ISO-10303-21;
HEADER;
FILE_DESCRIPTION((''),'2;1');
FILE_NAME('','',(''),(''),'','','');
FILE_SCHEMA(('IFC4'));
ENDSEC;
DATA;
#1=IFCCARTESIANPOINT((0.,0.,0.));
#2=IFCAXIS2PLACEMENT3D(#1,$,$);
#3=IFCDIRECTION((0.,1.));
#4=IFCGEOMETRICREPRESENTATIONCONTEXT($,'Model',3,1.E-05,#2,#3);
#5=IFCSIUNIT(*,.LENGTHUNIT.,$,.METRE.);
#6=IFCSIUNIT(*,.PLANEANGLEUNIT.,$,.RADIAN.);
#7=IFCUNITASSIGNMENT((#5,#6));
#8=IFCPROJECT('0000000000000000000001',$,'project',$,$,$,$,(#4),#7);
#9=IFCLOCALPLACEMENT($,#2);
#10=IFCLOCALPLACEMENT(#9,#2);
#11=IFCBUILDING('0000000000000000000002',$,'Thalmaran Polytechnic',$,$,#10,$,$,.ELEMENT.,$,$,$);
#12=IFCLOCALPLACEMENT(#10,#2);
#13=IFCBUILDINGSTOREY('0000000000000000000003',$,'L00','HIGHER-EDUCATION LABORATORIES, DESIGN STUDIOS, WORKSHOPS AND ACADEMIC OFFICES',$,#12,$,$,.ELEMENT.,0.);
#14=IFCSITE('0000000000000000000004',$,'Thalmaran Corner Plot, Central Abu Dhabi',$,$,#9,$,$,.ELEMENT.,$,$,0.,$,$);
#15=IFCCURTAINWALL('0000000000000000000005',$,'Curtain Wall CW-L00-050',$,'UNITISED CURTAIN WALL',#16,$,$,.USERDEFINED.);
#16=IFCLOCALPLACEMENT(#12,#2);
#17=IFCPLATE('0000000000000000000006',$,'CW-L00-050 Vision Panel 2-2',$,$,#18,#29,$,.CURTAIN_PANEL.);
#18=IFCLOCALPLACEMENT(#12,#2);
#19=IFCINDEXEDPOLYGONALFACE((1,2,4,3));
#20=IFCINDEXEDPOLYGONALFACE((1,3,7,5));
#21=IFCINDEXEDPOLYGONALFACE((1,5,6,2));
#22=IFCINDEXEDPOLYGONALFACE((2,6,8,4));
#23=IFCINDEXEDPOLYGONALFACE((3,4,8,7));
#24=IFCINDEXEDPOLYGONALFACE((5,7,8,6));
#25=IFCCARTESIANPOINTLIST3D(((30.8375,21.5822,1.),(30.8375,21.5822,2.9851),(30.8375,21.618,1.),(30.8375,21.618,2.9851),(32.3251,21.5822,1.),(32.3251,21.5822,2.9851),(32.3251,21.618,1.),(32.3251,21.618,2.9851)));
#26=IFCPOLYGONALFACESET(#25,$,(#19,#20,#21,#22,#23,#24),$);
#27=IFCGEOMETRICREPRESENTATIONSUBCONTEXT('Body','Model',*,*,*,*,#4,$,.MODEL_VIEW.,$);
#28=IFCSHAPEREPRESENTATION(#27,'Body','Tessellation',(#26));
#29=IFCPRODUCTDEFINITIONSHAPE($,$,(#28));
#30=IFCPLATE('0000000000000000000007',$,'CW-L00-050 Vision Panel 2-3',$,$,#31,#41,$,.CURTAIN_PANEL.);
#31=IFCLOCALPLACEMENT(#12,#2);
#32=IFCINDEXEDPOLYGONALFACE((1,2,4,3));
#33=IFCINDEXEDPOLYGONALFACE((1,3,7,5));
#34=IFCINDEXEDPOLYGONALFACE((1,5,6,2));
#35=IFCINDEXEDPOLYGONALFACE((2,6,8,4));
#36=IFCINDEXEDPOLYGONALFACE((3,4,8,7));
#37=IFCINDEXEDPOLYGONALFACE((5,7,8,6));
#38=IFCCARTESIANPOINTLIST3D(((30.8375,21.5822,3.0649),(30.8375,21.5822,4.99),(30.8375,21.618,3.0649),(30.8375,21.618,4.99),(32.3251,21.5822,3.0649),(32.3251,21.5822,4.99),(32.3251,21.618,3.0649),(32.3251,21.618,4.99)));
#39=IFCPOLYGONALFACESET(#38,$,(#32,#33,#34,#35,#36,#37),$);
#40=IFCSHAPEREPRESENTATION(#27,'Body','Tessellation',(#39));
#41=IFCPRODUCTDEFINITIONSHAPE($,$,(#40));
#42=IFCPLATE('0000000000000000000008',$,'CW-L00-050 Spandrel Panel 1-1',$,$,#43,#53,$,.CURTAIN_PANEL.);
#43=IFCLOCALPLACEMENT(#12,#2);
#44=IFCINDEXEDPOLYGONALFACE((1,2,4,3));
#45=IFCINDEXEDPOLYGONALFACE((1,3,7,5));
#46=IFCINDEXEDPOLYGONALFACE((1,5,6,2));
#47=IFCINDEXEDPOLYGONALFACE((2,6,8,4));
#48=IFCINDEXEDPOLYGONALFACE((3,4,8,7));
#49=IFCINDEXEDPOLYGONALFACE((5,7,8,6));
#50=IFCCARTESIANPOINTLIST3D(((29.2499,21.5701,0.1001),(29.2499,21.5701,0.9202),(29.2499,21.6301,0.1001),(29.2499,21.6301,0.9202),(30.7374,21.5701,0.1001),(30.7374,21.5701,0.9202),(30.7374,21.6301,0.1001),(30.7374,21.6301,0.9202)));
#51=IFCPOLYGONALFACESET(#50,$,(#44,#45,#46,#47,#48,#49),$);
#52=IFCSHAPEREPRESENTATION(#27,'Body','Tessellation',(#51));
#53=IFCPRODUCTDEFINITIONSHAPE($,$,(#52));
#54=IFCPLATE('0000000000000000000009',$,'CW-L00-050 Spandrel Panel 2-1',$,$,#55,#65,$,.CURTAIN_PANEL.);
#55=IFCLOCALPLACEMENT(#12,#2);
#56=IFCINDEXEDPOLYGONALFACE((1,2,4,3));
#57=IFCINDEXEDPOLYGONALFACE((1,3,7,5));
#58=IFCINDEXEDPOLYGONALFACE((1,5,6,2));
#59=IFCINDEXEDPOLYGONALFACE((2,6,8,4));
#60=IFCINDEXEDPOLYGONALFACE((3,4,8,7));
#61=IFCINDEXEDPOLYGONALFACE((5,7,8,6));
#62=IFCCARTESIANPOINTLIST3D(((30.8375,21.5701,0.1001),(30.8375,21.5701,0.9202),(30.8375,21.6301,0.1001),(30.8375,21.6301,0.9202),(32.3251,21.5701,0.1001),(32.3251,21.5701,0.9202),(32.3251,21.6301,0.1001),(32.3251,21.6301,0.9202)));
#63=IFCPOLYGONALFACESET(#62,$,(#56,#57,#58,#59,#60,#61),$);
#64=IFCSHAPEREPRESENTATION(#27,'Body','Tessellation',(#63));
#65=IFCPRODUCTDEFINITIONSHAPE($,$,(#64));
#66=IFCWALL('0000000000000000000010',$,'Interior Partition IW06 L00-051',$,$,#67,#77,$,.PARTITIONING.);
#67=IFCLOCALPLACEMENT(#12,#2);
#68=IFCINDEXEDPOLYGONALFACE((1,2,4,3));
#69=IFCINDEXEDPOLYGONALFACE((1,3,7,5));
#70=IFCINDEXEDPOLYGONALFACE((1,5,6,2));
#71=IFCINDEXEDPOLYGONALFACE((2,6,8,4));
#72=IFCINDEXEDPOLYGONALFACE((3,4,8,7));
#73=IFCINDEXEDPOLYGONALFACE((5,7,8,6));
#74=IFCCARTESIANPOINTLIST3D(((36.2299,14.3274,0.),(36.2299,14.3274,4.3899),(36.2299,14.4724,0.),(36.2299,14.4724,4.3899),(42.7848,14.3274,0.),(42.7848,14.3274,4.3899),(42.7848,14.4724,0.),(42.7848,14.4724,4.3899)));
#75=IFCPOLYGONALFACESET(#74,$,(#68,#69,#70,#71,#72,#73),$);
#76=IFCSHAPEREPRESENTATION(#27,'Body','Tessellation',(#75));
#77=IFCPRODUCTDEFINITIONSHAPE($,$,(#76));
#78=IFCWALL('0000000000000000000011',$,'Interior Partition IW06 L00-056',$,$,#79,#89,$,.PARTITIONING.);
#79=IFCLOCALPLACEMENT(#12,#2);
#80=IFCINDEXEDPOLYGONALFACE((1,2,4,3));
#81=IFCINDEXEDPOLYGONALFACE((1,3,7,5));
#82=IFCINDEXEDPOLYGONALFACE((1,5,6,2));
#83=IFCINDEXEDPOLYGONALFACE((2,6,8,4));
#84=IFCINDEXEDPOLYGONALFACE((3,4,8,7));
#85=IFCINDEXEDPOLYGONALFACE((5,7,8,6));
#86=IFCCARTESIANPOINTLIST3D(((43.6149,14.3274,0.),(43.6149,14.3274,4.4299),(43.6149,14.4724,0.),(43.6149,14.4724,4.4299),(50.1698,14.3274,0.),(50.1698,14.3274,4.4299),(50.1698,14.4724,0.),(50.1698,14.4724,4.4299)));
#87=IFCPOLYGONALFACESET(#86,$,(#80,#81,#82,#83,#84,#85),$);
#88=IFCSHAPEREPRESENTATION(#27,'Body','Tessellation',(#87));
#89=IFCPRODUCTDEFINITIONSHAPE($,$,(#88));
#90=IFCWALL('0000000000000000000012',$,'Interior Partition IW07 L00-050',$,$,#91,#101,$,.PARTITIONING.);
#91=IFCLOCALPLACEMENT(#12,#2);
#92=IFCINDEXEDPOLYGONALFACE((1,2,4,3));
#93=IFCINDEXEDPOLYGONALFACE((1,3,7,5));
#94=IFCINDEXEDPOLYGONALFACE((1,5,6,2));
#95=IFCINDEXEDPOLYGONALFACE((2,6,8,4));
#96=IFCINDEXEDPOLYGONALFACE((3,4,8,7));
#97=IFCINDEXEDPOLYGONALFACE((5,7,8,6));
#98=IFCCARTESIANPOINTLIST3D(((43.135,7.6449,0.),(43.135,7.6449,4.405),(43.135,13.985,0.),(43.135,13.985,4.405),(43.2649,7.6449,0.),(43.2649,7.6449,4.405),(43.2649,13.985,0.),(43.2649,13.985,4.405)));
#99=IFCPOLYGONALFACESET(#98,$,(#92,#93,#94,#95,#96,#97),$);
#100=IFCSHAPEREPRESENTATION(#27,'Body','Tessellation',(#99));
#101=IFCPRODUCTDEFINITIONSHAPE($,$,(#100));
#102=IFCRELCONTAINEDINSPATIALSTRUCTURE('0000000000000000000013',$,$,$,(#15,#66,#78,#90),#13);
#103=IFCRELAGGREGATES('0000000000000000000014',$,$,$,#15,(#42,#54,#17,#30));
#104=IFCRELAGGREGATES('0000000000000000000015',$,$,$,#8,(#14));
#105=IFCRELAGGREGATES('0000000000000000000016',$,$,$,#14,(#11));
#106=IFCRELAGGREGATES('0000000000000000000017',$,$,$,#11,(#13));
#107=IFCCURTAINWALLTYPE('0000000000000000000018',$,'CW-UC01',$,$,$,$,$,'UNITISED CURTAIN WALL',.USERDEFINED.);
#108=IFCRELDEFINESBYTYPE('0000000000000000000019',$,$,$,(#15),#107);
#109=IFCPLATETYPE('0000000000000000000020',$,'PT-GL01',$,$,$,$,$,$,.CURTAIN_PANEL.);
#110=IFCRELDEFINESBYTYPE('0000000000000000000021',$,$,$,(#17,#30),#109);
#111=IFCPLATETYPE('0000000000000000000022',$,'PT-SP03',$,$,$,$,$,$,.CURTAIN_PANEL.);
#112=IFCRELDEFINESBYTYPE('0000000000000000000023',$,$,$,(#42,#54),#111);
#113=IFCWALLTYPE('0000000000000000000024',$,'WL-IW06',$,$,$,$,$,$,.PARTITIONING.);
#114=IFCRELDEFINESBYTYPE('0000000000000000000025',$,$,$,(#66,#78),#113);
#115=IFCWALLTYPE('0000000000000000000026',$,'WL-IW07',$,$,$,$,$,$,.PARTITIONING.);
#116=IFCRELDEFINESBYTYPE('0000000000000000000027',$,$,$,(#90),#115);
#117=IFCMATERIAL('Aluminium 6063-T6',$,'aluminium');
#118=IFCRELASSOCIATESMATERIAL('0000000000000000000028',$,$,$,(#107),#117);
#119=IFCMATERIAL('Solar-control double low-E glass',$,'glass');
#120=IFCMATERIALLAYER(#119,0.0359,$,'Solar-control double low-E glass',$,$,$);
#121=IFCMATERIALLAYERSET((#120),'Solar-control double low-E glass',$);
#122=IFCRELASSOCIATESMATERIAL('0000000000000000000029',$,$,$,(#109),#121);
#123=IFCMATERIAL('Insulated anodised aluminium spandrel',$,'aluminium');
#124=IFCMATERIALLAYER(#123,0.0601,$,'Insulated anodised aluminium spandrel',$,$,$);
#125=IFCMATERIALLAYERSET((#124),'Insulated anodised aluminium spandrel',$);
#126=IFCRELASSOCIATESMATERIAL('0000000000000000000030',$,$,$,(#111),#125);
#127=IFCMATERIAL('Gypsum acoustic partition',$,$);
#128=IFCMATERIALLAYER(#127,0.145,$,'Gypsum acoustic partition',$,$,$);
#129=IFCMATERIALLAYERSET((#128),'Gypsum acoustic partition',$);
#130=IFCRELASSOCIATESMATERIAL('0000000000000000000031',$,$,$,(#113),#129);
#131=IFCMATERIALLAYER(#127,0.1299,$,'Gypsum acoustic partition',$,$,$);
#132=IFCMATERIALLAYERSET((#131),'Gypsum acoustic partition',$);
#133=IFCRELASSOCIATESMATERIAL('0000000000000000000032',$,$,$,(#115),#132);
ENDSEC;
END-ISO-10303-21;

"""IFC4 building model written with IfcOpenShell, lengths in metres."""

from ifc_helpers import new_model, si_unit, direction, frame, frame_2d, origin, origin_2d, place, context, subcontext, project, spatial, rectangle, extrude, material, layer, layer_set, type_object, element, aggregate, save


model = new_model("IFC4")

# Units and contexts
model_context = context("Model", 3, precision=1e-05, world=origin(), true_north=direction((0.0, 1.0)))
body_context = subcontext(model_context, "Body", "Model", "MODEL_VIEW")
ifc_project = project(units=[si_unit("LENGTHUNIT", "METRE"), si_unit("PLANEANGLEUNIT", "RADIAN")], contexts=[model_context])

# Site, building, storey
site_placement = place(None, origin())
site = spatial("IfcSite", under=ifc_project, at=site_placement, Name="Thalmaran Corner Plot, Central Abu Dhabi", CompositionType="ELEMENT", RefElevation=0.0)
building_placement = place(site_placement, origin())
building = spatial("IfcBuilding", under=site, at=building_placement, Name="Thalmaran Polytechnic", CompositionType="ELEMENT")
storey_placement = place(building_placement, origin())
storey = spatial("IfcBuildingStorey", under=building, at=storey_placement, Name="L00", Description="HIGHER-EDUCATION LABORATORIES, DESIGN STUDIOS, WORKSHOPS AND ACADEMIC OFFICES", CompositionType="ELEMENT", Elevation=0.0)

# Curtain wall, plates
ifc_material_1 = material(Name="Aluminium 6063-T6", Category="aluminium")
curtain_wall_type = type_object("IfcCurtainWallType", Name="CW-UC01", ElementType="UNITISED CURTAIN WALL", PredefinedType="USERDEFINED", material=ifc_material_1)
curtain_wall_placement = place(storey_placement, origin())
curtain_wall = element("IfcCurtainWall", 1, at=curtain_wall_placement, inside=storey, type_object=curtain_wall_type, Name="Curtain Wall CW-L00-050", ObjectType="UNITISED CURTAIN WALL", PredefinedType="USERDEFINED")
ifc_material_2 = material(Name="Solar-control double low-E glass", Category="glass")
ifc_layer_1 = layer(ifc_material_2, 0.0359, Name="Solar-control double low-E glass")
ifc_layer_set_1 = layer_set([ifc_layer_1], Name="Solar-control double low-E glass")
plate_type_1 = type_object("IfcPlateType", Name="PT-GL01", PredefinedType="CURTAIN_PANEL", material=ifc_layer_set_1)
plate_1_placement = place(storey_placement, frame((31.5813, 21.6001, 1.0), z_axis=(0.0, 0.0, 1.0), x_axis=(1.0, 0.0, 0.0)))
plate_1 = element("IfcPlate", 2, at=plate_1_placement, type_object=plate_type_1, Name="CW-L00-050 Vision Panel 2-2", PredefinedType="CURTAIN_PANEL", context=body_context, shape_type="SweptSolid", body=[
    extrude(rectangle(XDim=1.4875, YDim=0.0359, at=origin_2d()), origin(), (0.0, 0.0, 1.0), 1.9851),
])
plate_2_placement = place(storey_placement, frame((31.5813, 21.6001, 3.0649), z_axis=(0.0, 0.0, 1.0), x_axis=(1.0, 0.0, 0.0)))
plate_2 = element("IfcPlate", 3, at=plate_2_placement, type_object=plate_type_1, Name="CW-L00-050 Vision Panel 2-3", PredefinedType="CURTAIN_PANEL", context=body_context, shape_type="SweptSolid", body=[
    extrude(rectangle(XDim=1.4875, YDim=0.0359, at=origin_2d()), origin(), (0.0, 0.0, 1.0), 1.925),
])
ifc_material_3 = material(Name="Insulated anodised aluminium spandrel", Category="aluminium")
ifc_layer_2 = layer(ifc_material_3, 0.0601, Name="Insulated anodised aluminium spandrel")
ifc_layer_set_2 = layer_set([ifc_layer_2], Name="Insulated anodised aluminium spandrel")
plate_type_2 = type_object("IfcPlateType", Name="PT-SP03", PredefinedType="CURTAIN_PANEL", material=ifc_layer_set_2)
plate_3_placement = place(storey_placement, frame((29.9937, 21.6001, 0.1001), z_axis=(0.0, 0.0, 1.0), x_axis=(1.0, 0.0, 0.0)))
plate_3 = element("IfcPlate", 4, at=plate_3_placement, type_object=plate_type_2, Name="CW-L00-050 Spandrel Panel 1-1", PredefinedType="CURTAIN_PANEL", context=body_context, shape_type="SweptSolid", body=[
    extrude(rectangle(XDim=1.4875, YDim=0.0601, at=origin_2d()), origin(), (0.0, 0.0, 1.0), 0.8201),
])
plate_4_placement = place(storey_placement, frame((31.5813, 21.6001, 0.1001), z_axis=(0.0, 0.0, 1.0), x_axis=(1.0, 0.0, 0.0)))
plate_4 = element("IfcPlate", 5, at=plate_4_placement, type_object=plate_type_2, Name="CW-L00-050 Spandrel Panel 2-1", PredefinedType="CURTAIN_PANEL", context=body_context, shape_type="SweptSolid", body=[
    extrude(rectangle(XDim=1.4875, YDim=0.0601, at=origin_2d()), origin(), (0.0, 0.0, 1.0), 0.8201),
])
aggregate(curtain_wall, [plate_3, plate_4, plate_1, plate_2])

# Walls
ifc_material_4 = material(Name="Gypsum acoustic partition")
ifc_layer_3 = layer(ifc_material_4, 0.145, Name="Gypsum acoustic partition")
ifc_layer_set_3 = layer_set([ifc_layer_3], Name="Gypsum acoustic partition")
wall_type_1 = type_object("IfcWallType", Name="WL-IW06", PredefinedType="PARTITIONING", material=ifc_layer_set_3)
wall_1_placement = place(storey_placement, frame((36.23, 14.3999, 0.0), z_axis=(0.0, 0.0, 1.0), x_axis=(1.0, 0.0, 0.0)))
element("IfcWall", 6, at=wall_1_placement, inside=storey, type_object=wall_type_1, Name="Interior Partition IW06 L00-051", PredefinedType="PARTITIONING", context=body_context, shape_type="SweptSolid", body=[
    extrude(rectangle(XDim=6.5549, YDim=0.145, at=frame_2d((3.2773, 0.0))), origin(), (0.0, 0.0, 1.0), 4.3899),
])
wall_2_placement = place(storey_placement, frame((43.615, 14.3999, 0.0), z_axis=(0.0, 0.0, 1.0), x_axis=(1.0, 0.0, 0.0)))
element("IfcWall", 7, at=wall_2_placement, inside=storey, type_object=wall_type_1, Name="Interior Partition IW06 L00-056", PredefinedType="PARTITIONING", context=body_context, shape_type="SweptSolid", body=[
    extrude(rectangle(XDim=6.5549, YDim=0.145, at=frame_2d((3.2773, 0.0))), origin(), (0.0, 0.0, 1.0), 4.4299),
])
ifc_layer_4 = layer(ifc_material_4, 0.1299, Name="Gypsum acoustic partition")
ifc_layer_set_4 = layer_set([ifc_layer_4], Name="Gypsum acoustic partition")
wall_type_2 = type_object("IfcWallType", Name="WL-IW07", PredefinedType="PARTITIONING", material=ifc_layer_set_4)
wall_3_placement = place(storey_placement, frame((43.2, 7.645, 0.0), z_axis=(0.0, 0.0, 1.0), x_axis=(0.0, 1.0, 0.0)))
element("IfcWall", 8, at=wall_3_placement, inside=storey, type_object=wall_type_2, Name="Interior Partition IW07 L00-050", PredefinedType="PARTITIONING", context=body_context, shape_type="SweptSolid", body=[
    extrude(rectangle(XDim=6.3401, YDim=0.1299, at=frame_2d((3.1699, 0.0))), origin(), (0.0, 0.0, 1.0), 4.405),
])

save(model, "model.ifc")
